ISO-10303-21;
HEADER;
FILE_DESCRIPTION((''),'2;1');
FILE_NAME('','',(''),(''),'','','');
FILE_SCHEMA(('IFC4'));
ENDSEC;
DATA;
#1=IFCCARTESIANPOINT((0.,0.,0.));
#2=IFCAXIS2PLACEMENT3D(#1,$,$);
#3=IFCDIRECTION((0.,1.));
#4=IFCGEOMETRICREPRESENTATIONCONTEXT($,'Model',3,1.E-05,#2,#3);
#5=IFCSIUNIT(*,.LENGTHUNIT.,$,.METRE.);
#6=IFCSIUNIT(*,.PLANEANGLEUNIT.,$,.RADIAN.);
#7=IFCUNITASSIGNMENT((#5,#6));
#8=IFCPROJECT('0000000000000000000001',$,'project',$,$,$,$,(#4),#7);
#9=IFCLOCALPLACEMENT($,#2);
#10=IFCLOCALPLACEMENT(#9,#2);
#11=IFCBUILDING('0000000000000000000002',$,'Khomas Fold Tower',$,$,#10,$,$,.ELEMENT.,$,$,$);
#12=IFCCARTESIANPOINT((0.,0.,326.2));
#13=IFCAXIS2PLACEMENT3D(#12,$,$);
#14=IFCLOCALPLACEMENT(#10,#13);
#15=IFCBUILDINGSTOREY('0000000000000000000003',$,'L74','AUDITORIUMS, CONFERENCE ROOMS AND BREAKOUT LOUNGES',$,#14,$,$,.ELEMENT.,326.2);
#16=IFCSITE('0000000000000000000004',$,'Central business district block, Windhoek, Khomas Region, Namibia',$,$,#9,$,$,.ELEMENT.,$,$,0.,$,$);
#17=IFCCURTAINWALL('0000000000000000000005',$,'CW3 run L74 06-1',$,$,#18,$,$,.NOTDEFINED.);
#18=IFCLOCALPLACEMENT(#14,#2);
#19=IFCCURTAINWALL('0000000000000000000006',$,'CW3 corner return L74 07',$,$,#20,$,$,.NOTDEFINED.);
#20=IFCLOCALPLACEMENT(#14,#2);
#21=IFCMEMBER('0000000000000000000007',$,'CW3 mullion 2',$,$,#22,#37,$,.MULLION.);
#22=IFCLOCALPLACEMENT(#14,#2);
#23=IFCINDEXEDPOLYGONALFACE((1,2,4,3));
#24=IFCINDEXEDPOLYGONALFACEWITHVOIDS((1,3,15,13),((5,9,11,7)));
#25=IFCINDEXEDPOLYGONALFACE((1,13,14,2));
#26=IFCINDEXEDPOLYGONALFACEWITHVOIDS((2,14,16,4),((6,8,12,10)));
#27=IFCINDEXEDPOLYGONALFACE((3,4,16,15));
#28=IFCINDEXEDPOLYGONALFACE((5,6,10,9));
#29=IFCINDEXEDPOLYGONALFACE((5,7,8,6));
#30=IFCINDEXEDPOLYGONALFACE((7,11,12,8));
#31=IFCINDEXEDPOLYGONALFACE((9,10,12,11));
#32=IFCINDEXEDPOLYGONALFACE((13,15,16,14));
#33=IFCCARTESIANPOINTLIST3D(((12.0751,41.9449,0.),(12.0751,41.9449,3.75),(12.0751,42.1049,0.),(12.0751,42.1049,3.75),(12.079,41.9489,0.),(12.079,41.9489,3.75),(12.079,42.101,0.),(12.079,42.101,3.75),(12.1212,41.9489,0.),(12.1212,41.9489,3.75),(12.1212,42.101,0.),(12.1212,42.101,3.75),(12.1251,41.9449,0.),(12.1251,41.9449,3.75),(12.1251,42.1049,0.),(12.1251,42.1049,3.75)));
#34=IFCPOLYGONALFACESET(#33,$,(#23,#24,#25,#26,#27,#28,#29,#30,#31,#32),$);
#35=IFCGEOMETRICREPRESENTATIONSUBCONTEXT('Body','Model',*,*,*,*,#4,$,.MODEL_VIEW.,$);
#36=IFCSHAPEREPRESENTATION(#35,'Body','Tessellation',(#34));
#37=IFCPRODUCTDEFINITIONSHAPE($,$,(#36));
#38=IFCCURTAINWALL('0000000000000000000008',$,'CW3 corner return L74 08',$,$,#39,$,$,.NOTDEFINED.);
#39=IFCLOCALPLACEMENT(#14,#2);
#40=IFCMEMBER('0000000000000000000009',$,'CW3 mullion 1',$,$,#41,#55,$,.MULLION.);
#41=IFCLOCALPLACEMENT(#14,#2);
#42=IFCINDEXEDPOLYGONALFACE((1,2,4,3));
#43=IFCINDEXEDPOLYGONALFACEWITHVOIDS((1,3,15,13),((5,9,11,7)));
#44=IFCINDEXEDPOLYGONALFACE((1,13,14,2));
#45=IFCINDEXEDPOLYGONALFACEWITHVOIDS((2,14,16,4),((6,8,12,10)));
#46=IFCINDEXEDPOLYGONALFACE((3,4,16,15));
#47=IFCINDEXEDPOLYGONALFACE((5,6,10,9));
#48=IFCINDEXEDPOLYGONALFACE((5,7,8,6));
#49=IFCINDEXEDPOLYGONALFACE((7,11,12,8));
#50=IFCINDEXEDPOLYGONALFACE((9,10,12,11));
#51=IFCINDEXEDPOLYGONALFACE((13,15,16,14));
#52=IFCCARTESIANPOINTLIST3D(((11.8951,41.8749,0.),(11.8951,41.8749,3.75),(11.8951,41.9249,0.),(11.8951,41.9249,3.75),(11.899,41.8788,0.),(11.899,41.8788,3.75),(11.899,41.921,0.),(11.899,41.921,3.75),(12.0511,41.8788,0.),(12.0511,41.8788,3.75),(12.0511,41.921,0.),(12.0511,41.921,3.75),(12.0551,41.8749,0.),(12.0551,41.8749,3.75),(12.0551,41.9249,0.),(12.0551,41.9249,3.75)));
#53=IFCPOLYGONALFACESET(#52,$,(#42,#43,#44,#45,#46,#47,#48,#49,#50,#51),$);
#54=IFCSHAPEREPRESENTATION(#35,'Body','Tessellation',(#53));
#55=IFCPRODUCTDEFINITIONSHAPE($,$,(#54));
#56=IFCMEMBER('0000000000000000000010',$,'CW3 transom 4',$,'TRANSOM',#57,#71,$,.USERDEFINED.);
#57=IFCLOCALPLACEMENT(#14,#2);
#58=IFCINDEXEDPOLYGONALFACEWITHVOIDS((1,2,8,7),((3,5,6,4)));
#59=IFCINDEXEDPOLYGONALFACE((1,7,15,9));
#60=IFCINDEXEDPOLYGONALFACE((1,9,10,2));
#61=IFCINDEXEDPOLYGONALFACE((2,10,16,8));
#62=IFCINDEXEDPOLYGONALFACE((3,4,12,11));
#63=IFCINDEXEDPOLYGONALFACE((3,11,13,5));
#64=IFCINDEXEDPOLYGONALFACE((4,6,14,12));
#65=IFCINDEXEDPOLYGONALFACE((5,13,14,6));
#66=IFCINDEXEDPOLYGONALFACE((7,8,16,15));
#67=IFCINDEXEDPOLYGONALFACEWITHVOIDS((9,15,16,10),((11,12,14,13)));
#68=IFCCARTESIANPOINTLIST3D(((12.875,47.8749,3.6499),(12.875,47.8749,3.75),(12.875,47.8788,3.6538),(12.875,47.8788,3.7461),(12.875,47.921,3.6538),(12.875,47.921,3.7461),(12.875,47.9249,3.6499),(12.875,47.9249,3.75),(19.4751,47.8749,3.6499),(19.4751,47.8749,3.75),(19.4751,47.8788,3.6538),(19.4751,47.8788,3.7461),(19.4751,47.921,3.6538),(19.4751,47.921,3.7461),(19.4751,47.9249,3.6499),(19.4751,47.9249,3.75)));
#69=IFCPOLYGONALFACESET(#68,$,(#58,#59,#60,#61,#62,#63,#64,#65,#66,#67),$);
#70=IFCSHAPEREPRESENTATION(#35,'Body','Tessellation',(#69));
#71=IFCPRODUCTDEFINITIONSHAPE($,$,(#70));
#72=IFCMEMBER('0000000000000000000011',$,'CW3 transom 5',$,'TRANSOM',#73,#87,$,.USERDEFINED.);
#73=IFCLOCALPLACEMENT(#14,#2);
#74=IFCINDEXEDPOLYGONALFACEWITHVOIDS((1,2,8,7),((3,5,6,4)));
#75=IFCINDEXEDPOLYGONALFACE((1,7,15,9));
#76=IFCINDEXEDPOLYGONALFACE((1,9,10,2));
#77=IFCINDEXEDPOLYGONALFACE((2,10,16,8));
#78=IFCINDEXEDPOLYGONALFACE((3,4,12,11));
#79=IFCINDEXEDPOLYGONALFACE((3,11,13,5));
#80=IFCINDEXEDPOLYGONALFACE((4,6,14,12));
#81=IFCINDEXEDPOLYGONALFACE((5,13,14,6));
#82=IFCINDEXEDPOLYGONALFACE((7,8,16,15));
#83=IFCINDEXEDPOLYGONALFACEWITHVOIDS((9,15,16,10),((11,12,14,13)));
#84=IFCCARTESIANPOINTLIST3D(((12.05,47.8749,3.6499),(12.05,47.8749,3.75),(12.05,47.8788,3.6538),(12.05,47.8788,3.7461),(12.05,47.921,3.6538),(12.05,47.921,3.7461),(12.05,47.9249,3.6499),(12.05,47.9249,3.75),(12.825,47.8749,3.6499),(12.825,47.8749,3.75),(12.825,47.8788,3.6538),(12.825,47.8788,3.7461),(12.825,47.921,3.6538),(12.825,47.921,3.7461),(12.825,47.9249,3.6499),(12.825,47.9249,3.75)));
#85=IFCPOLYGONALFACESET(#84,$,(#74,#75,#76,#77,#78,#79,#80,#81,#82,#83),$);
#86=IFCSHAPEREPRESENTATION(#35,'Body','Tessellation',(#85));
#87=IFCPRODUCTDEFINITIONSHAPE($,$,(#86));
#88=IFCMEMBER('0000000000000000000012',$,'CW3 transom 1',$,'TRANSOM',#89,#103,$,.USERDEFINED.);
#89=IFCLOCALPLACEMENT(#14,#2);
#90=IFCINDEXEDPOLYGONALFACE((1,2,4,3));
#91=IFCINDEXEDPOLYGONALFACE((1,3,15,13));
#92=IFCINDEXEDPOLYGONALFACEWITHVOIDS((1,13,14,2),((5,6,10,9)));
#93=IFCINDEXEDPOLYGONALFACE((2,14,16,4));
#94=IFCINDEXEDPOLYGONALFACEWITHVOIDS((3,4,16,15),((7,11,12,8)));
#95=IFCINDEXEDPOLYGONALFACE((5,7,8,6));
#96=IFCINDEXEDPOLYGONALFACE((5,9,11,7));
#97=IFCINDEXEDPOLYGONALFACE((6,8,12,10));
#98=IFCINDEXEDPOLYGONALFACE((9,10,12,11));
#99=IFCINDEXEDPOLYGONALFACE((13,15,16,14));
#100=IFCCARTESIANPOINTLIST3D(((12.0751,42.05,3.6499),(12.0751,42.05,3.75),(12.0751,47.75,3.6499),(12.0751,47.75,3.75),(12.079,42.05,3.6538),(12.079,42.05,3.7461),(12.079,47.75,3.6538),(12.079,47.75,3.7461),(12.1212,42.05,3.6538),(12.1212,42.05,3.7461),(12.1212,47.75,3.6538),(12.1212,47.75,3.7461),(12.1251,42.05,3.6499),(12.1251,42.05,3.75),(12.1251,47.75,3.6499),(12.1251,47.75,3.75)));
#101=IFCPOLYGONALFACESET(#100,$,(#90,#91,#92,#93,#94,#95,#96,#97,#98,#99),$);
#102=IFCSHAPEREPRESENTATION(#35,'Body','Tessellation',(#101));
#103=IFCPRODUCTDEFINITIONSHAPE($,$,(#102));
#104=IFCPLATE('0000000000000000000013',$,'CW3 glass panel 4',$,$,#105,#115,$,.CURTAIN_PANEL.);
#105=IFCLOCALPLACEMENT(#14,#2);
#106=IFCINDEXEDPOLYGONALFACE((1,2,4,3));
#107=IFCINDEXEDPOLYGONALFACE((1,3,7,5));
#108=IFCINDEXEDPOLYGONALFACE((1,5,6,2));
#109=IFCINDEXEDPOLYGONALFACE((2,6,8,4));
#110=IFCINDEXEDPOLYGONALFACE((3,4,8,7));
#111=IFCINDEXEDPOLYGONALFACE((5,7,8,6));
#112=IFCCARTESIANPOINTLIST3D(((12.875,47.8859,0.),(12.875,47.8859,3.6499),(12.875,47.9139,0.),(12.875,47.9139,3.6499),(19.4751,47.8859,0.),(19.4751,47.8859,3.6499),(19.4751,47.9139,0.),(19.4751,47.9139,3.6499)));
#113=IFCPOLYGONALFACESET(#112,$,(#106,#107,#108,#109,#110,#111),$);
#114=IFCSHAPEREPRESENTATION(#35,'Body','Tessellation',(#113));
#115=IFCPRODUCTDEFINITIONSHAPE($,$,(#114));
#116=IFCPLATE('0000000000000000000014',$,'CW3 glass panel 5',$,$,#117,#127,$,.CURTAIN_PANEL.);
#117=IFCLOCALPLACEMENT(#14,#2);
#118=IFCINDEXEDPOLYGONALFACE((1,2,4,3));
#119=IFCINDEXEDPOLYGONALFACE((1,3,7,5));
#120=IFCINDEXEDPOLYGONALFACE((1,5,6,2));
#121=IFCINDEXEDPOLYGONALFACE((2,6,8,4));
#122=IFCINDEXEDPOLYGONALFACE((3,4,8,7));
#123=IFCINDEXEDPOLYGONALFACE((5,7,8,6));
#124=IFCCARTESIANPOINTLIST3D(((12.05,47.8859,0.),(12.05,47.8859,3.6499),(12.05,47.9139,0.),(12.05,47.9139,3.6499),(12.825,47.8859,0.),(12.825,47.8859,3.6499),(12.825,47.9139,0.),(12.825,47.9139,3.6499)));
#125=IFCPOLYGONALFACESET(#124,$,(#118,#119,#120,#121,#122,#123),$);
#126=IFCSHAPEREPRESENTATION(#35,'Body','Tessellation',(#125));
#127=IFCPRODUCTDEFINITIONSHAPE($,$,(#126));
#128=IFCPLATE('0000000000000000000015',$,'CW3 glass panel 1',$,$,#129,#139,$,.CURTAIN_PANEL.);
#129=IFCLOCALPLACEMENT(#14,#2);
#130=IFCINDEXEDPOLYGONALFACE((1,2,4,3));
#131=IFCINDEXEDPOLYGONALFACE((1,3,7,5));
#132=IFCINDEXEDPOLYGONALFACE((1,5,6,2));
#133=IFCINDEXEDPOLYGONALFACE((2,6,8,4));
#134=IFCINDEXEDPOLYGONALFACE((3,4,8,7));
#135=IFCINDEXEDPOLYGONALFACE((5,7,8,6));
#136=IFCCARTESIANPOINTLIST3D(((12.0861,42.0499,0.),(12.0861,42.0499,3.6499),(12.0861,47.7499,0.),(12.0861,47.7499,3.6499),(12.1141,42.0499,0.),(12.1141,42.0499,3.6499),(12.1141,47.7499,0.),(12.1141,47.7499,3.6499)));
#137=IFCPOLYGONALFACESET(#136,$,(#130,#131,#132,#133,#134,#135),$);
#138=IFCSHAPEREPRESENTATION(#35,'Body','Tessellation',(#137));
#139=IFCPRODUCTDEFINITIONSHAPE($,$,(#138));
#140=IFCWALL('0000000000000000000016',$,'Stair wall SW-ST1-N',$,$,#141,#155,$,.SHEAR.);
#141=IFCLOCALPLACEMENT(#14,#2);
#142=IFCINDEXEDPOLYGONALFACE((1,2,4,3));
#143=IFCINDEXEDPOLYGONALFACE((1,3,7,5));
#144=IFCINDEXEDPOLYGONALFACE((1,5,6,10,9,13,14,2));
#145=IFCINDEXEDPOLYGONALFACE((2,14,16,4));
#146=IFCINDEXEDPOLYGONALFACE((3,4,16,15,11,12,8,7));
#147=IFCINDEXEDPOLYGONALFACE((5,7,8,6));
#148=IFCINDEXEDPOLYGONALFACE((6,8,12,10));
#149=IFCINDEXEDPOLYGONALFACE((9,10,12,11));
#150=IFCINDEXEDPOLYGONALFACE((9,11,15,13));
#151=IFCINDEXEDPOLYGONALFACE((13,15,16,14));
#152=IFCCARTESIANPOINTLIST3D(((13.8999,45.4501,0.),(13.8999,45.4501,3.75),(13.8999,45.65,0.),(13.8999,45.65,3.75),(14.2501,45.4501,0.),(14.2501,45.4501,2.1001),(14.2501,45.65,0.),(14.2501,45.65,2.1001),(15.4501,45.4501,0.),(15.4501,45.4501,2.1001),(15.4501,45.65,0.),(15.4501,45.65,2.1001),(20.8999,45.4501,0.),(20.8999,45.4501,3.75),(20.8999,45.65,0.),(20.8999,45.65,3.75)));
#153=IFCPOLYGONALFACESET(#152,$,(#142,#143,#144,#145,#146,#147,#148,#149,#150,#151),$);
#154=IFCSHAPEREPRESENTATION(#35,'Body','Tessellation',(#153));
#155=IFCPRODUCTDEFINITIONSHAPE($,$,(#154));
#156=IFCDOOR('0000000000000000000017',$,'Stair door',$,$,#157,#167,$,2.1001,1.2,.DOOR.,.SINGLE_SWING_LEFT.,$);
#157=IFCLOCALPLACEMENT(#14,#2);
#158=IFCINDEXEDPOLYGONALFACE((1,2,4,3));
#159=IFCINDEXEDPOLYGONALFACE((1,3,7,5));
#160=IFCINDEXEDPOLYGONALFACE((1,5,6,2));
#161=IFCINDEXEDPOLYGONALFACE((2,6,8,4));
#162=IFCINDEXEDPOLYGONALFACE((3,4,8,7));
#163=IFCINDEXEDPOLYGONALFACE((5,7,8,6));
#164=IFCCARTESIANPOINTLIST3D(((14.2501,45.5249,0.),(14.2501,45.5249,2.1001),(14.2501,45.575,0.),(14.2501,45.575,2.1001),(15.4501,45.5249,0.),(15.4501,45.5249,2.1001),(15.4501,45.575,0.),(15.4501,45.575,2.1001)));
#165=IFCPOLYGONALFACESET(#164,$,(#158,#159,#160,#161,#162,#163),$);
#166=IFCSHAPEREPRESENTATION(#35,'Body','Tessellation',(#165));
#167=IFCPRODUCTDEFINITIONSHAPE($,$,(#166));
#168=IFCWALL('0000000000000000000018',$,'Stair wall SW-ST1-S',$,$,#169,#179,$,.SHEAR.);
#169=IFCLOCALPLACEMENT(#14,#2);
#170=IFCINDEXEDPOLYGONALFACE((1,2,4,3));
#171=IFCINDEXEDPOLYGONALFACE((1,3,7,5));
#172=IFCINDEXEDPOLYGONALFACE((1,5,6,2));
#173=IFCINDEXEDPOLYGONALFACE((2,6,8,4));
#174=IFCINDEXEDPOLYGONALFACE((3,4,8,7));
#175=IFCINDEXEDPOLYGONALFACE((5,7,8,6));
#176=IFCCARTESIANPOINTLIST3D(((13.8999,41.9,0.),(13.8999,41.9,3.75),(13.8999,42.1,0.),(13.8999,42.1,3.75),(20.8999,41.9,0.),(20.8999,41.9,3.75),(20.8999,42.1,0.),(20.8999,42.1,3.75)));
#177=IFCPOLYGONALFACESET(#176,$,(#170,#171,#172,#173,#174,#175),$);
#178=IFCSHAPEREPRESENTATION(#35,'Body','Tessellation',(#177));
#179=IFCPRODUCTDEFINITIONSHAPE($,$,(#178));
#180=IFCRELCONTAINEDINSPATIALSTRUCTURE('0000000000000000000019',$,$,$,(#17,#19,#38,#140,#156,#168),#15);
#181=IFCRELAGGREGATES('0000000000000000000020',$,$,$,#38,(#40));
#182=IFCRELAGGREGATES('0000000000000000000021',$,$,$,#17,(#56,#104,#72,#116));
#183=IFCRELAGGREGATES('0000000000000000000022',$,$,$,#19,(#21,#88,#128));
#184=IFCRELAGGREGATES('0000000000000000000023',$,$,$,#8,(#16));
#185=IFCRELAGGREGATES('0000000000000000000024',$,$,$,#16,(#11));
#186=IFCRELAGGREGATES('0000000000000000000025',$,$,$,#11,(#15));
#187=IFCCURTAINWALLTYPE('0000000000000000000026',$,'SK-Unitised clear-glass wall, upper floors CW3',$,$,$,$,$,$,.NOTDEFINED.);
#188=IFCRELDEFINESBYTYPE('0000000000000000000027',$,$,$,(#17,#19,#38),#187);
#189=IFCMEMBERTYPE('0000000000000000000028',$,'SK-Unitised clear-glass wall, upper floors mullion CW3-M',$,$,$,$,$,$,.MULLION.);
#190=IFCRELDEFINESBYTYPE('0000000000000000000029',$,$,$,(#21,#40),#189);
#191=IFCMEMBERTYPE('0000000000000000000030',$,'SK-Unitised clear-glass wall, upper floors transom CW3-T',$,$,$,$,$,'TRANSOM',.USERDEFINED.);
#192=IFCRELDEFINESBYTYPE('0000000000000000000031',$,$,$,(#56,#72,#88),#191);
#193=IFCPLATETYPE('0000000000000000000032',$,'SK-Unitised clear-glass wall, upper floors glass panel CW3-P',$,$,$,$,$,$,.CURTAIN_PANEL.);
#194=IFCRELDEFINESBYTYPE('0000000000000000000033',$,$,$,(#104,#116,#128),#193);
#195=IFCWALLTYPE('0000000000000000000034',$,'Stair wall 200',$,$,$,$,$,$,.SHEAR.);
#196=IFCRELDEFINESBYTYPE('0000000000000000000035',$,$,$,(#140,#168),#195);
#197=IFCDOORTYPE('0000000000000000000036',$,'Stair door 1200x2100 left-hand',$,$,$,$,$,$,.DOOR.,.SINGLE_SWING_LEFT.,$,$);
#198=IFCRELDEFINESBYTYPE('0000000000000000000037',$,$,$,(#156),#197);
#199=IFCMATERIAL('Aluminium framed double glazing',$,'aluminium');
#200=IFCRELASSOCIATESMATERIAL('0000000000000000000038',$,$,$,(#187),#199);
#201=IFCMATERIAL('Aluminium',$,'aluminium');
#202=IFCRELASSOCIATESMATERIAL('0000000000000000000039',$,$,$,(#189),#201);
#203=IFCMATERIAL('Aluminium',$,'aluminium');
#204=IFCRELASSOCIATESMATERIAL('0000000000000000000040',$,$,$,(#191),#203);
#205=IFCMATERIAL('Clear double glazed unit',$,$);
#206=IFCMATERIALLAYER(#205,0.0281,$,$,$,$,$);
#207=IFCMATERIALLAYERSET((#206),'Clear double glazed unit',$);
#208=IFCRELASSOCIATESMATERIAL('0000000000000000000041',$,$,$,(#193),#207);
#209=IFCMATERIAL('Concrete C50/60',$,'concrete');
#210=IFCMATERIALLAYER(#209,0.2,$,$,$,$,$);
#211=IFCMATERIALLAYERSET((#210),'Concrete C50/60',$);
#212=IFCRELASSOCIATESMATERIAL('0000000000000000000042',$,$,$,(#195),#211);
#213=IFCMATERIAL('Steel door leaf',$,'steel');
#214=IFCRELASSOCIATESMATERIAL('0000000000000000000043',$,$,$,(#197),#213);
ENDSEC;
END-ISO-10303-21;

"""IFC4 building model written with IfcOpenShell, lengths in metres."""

from ifc_helpers import new_model, si_unit, direction, frame, frame_2d, origin, origin_2d, place, context, subcontext, project, spatial, rectangle, hollow_rectangle, extrude, source, transform, mapped, material, layer, layer_set, material_profile, profile_set, type_object, element, fill, aggregate, save


model = new_model("IFC4")

# Units and contexts
model_context = context("Model", 3, precision=1e-05, world=origin(), true_north=direction((0.0, 1.0)))
body_context = subcontext(model_context, "Body", "Model", "MODEL_VIEW")
ifc_project = project(units=[si_unit("LENGTHUNIT", "METRE"), si_unit("PLANEANGLEUNIT", "RADIAN")], contexts=[model_context])

# Site, building, storey
site_placement = place(None, origin())
site = spatial("IfcSite", under=ifc_project, at=site_placement, Name="Central business district block, Windhoek, Khomas Region, Namibia", CompositionType="ELEMENT", RefElevation=0.0)
building_placement = place(site_placement, origin())
building = spatial("IfcBuilding", under=site, at=building_placement, Name="Khomas Fold Tower", CompositionType="ELEMENT")
storey_placement = place(building_placement, frame((0.0, 0.0, 326.2)))
storey = spatial("IfcBuildingStorey", under=building, at=storey_placement, Name="L74", Description="AUDITORIUMS, CONFERENCE ROOMS AND BREAKOUT LOUNGES", CompositionType="ELEMENT", Elevation=326.2)

# Curtain walls, member
ifc_material_1 = material(Name="Aluminium framed double glazing", Category="aluminium")
curtain_wall_type = type_object("IfcCurtainWallType", Name="SK-Unitised clear-glass wall, upper floors CW3", PredefinedType="NOTDEFINED", material=ifc_material_1)
curtain_wall_1_placement = place(storey_placement, origin())
curtain_wall_1 = element("IfcCurtainWall", 1, at=curtain_wall_1_placement, inside=storey, type_object=curtain_wall_type, Name="CW3 run L74 06-1", PredefinedType="NOTDEFINED")
ifc_material_2 = material(Name="Aluminium", Category="aluminium")
ifc_material_profile_1 = material_profile(ifc_material_2, hollow_rectangle(XDim=0.05, YDim=0.1599, WallThickness=0.0039, at=origin_2d()), Name="SK-Unitised clear-glass wall, upper floors mullion CW3-M")
ifc_profile_set_1 = profile_set([ifc_material_profile_1], Name="Aluminium")
member_type_1 = type_object("IfcMemberType", Name="SK-Unitised clear-glass wall, upper floors mullion CW3-M", PredefinedType="MULLION", material=ifc_profile_set_1)
shared_shape_1 = source(origin(), body_context, "Body", "SweptSolid", [
    extrude(hollow_rectangle(XDim=0.05, YDim=0.1599, WallThickness=0.0039, at=origin_2d()), origin(), (0.0, 0.0, 1.0), 3.75),
])
curtain_wall_2_placement = place(storey_placement, origin())
curtain_wall_2 = element("IfcCurtainWall", 2, at=curtain_wall_2_placement, inside=storey, type_object=curtain_wall_type, Name="CW3 corner return L74 07", PredefinedType="NOTDEFINED")
member_1_placement = place(storey_placement, frame((12.1001, 42.0249, 0.0), z_axis=(0.0, 0.0, 1.0), x_axis=(1.0, 0.0, 0.0)))
member_1 = element("IfcMember", 3, at=member_1_placement, type_object=member_type_1, Name="CW3 mullion 2", PredefinedType="MULLION", context=body_context, shape_type="MappedRepresentation", body=[
    mapped(shared_shape_1, transform((0.0, 0.0, 0.0))),
])

# Curtain wall, member
curtain_wall_3_placement = place(storey_placement, origin())
curtain_wall_3 = element("IfcCurtainWall", 4, at=curtain_wall_3_placement, inside=storey, type_object=curtain_wall_type, Name="CW3 corner return L74 08", PredefinedType="NOTDEFINED")
member_2_placement = place(storey_placement, frame((11.9751, 41.8999, 0.0), z_axis=(0.0, 0.0, 1.0), x_axis=(0.0, -1.0, 0.0)))
member_2 = element("IfcMember", 5, at=member_2_placement, type_object=member_type_1, Name="CW3 mullion 1", PredefinedType="MULLION", context=body_context, shape_type="MappedRepresentation", body=[
    mapped(shared_shape_1, transform((0.0, 0.0, 0.0))),
])
aggregate(curtain_wall_3, [member_2])

# Members
ifc_material_3 = material(Name="Aluminium", Category="aluminium")
ifc_material_profile_2 = material_profile(ifc_material_3, hollow_rectangle(XDim=0.05, YDim=0.1001, WallThickness=0.0039, at=origin_2d()), Name="SK-Unitised clear-glass wall, upper floors transom CW3-T")
ifc_profile_set_2 = profile_set([ifc_material_profile_2], Name="Aluminium")
member_type_2 = type_object("IfcMemberType", Name="SK-Unitised clear-glass wall, upper floors transom CW3-T", ElementType="TRANSOM", PredefinedType="USERDEFINED", material=ifc_profile_set_2)
shared_shape_2 = source(origin(), body_context, "Body", "SweptSolid", [
    extrude(hollow_rectangle(XDim=0.05, YDim=0.1001, WallThickness=0.0039, at=origin_2d()), origin(), (0.0, 0.0, 1.0), 6.6001),
])
member_3_placement = place(storey_placement, frame((19.4751, 47.8999, 3.7), z_axis=(-1.0, 0.0, 0.0), x_axis=(0.0, -1.0, 0.0)))
member_3 = element("IfcMember", 6, at=member_3_placement, type_object=member_type_2, Name="CW3 transom 4", ObjectType="TRANSOM", PredefinedType="USERDEFINED", context=body_context, shape_type="MappedRepresentation", body=[
    mapped(shared_shape_2, transform((0.0, 0.0, 0.0))),
])
shared_shape_3 = source(origin(), body_context, "Body", "SweptSolid", [
    extrude(hollow_rectangle(XDim=0.05, YDim=0.1001, WallThickness=0.0039, at=origin_2d()), origin(), (0.0, 0.0, 1.0), 0.7749),
])
member_4_placement = place(storey_placement, frame((12.825, 47.8999, 3.7), z_axis=(-1.0, 0.0, 0.0), x_axis=(0.0, -1.0, 0.0)))
member_4 = element("IfcMember", 7, at=member_4_placement, type_object=member_type_2, Name="CW3 transom 5", ObjectType="TRANSOM", PredefinedType="USERDEFINED", context=body_context, shape_type="MappedRepresentation", body=[
    mapped(shared_shape_3, transform((0.0, 0.0, 0.0))),
])
shared_shape_4 = source(origin(), body_context, "Body", "SweptSolid", [
    extrude(hollow_rectangle(XDim=0.05, YDim=0.1001, WallThickness=0.0039, at=origin_2d()), origin(), (0.0, 0.0, 1.0), 5.7),
])
member_5_placement = place(storey_placement, frame((12.1001, 47.75, 3.7), z_axis=(0.0, -1.0, 0.0), x_axis=(1.0, 0.0, 0.0)))
member_5 = element("IfcMember", 8, at=member_5_placement, type_object=member_type_2, Name="CW3 transom 1", ObjectType="TRANSOM", PredefinedType="USERDEFINED", context=body_context, shape_type="MappedRepresentation", body=[
    mapped(shared_shape_4, transform((0.0, 0.0, 0.0))),
])

# Plates
ifc_material_4 = material(Name="Clear double glazed unit")
ifc_layer_1 = layer(ifc_material_4, 0.0281)
ifc_layer_set_1 = layer_set([ifc_layer_1], Name="Clear double glazed unit")
plate_type = type_object("IfcPlateType", Name="SK-Unitised clear-glass wall, upper floors glass panel CW3-P", PredefinedType="CURTAIN_PANEL", material=ifc_layer_set_1)
shared_shape_5 = source(origin(), body_context, "Body", "SweptSolid", [
    extrude(rectangle(XDim=6.6001, YDim=0.0281, at=origin_2d()), origin(), (0.0, 0.0, 1.0), 3.6499),
])
plate_1_placement = place(storey_placement, frame((16.175, 47.8999, 0.0), z_axis=(0.0, 0.0, 1.0), x_axis=(-1.0, 0.0, 0.0)))
plate_1 = element("IfcPlate", 9, at=plate_1_placement, type_object=plate_type, Name="CW3 glass panel 4", PredefinedType="CURTAIN_PANEL", context=body_context, shape_type="MappedRepresentation", body=[
    mapped(shared_shape_5, transform((0.0, 0.0, 0.0))),
])
shared_shape_6 = source(origin(), body_context, "Body", "SweptSolid", [
    extrude(rectangle(XDim=0.7749, YDim=0.0281, at=origin_2d()), origin(), (0.0, 0.0, 1.0), 3.6499),
])
plate_2_placement = place(storey_placement, frame((12.4375, 47.8999, 0.0), z_axis=(0.0, 0.0, 1.0), x_axis=(-1.0, 0.0, 0.0)))
plate_2 = element("IfcPlate", 10, at=plate_2_placement, type_object=plate_type, Name="CW3 glass panel 5", PredefinedType="CURTAIN_PANEL", context=body_context, shape_type="MappedRepresentation", body=[
    mapped(shared_shape_6, transform((0.0, 0.0, 0.0))),
])
aggregate(curtain_wall_1, [member_3, plate_1, member_4, plate_2])
shared_shape_7 = source(origin(), body_context, "Body", "SweptSolid", [
    extrude(rectangle(XDim=5.7, YDim=0.0281, at=origin_2d()), origin(), (0.0, 0.0, 1.0), 3.6499),
])
plate_3_placement = place(storey_placement, frame((12.1001, 44.8999, 0.0), z_axis=(0.0, 0.0, 1.0), x_axis=(0.0, -1.0, 0.0)))
plate_3 = element("IfcPlate", 11, at=plate_3_placement, type_object=plate_type, Name="CW3 glass panel 1", PredefinedType="CURTAIN_PANEL", context=body_context, shape_type="MappedRepresentation", body=[
    mapped(shared_shape_7, transform((0.0, 0.0, 0.0))),
])
aggregate(curtain_wall_2, [member_1, member_5, plate_3])

# Wall, opening, door
ifc_material_5 = material(Name="Concrete C50/60", Category="concrete")
ifc_layer_2 = layer(ifc_material_5, 0.2)
ifc_layer_set_2 = layer_set([ifc_layer_2], Name="Concrete C50/60")
wall_type_1 = type_object("IfcWallType", Name="Stair wall 200", PredefinedType="SHEAR", material=ifc_layer_set_2)
shared_shape_8 = source(origin(), body_context, "Body", "SweptSolid", [
    extrude(rectangle(XDim=7.0, YDim=0.2, at=frame_2d((3.5, 0.0))), origin(), (0.0, 0.0, 1.0), 3.75),
])
wall_1_placement = place(storey_placement, frame((13.8999, 45.55, 0.0), z_axis=(0.0, 0.0, 1.0), x_axis=(1.0, 0.0, 0.0)))
wall_1 = element("IfcWall", 12, at=wall_1_placement, inside=storey, type_object=wall_type_1, Name="Stair wall SW-ST1-N", PredefinedType="SHEAR", context=body_context, shape_type="MappedRepresentation", body=[
    mapped(shared_shape_8, transform((0.0, 0.0, 0.0))),
])
shared_shape_9 = source(origin(), body_context, "Body", "SweptSolid", [
    extrude(rectangle(XDim=1.2, YDim=2.1001, at=frame_2d((0.6001, 1.05))), frame((0.0, 0.1099, 0.0), z_axis=(0.0, -1.0, 0.0), x_axis=(1.0, 0.0, 0.0)), (0.0, 0.0, 1.0), 0.22),
])
opening_1_placement = place(wall_1_placement, frame((0.3501, 0.0, 0.0)))
opening_1 = element("IfcOpeningElement", 13, at=opening_1_placement, cuts=wall_1, PredefinedType="OPENING", context=body_context, shape_type="MappedRepresentation", body=[
    mapped(shared_shape_9, transform((0.0, 0.0, 0.0))),
])
ifc_material_6 = material(Name="Steel door leaf", Category="steel")
door_type = type_object("IfcDoorType", Name="Stair door 1200x2100 left-hand", OperationType="SINGLE_SWING_LEFT", PredefinedType="DOOR", material=ifc_material_6)
shared_shape_10 = source(origin(), body_context, "Body", "SweptSolid", [
    extrude(rectangle(XDim=1.2, YDim=2.1001, at=frame_2d((0.6001, 1.05))), frame((0.0, 0.0249, 0.0), z_axis=(0.0, -1.0, 0.0), x_axis=(1.0, 0.0, 0.0)), (0.0, 0.0, 1.0), 0.05),
])
door_1_placement = place(opening_1_placement, origin())
door_1 = element("IfcDoor", 14, at=door_1_placement, inside=storey, type_object=door_type, Name="Stair door", OperationType="SINGLE_SWING_LEFT", OverallHeight=2.1001, OverallWidth=1.2, PredefinedType="DOOR", context=body_context, shape_type="MappedRepresentation", body=[
    mapped(shared_shape_10, transform((0.0, 0.0, 0.0))),
])
fill(opening_1, door_1)

# Wall
wall_2_placement = place(storey_placement, frame((13.8999, 42.0, 0.0), z_axis=(0.0, 0.0, 1.0), x_axis=(1.0, 0.0, 0.0)))
element("IfcWall", 15, at=wall_2_placement, inside=storey, type_object=wall_type_1, Name="Stair wall SW-ST1-S", PredefinedType="SHEAR", context=body_context, shape_type="MappedRepresentation", body=[
    mapped(shared_shape_8, transform((0.0, 0.0, 0.0))),
])

save(model, "model.ifc")
